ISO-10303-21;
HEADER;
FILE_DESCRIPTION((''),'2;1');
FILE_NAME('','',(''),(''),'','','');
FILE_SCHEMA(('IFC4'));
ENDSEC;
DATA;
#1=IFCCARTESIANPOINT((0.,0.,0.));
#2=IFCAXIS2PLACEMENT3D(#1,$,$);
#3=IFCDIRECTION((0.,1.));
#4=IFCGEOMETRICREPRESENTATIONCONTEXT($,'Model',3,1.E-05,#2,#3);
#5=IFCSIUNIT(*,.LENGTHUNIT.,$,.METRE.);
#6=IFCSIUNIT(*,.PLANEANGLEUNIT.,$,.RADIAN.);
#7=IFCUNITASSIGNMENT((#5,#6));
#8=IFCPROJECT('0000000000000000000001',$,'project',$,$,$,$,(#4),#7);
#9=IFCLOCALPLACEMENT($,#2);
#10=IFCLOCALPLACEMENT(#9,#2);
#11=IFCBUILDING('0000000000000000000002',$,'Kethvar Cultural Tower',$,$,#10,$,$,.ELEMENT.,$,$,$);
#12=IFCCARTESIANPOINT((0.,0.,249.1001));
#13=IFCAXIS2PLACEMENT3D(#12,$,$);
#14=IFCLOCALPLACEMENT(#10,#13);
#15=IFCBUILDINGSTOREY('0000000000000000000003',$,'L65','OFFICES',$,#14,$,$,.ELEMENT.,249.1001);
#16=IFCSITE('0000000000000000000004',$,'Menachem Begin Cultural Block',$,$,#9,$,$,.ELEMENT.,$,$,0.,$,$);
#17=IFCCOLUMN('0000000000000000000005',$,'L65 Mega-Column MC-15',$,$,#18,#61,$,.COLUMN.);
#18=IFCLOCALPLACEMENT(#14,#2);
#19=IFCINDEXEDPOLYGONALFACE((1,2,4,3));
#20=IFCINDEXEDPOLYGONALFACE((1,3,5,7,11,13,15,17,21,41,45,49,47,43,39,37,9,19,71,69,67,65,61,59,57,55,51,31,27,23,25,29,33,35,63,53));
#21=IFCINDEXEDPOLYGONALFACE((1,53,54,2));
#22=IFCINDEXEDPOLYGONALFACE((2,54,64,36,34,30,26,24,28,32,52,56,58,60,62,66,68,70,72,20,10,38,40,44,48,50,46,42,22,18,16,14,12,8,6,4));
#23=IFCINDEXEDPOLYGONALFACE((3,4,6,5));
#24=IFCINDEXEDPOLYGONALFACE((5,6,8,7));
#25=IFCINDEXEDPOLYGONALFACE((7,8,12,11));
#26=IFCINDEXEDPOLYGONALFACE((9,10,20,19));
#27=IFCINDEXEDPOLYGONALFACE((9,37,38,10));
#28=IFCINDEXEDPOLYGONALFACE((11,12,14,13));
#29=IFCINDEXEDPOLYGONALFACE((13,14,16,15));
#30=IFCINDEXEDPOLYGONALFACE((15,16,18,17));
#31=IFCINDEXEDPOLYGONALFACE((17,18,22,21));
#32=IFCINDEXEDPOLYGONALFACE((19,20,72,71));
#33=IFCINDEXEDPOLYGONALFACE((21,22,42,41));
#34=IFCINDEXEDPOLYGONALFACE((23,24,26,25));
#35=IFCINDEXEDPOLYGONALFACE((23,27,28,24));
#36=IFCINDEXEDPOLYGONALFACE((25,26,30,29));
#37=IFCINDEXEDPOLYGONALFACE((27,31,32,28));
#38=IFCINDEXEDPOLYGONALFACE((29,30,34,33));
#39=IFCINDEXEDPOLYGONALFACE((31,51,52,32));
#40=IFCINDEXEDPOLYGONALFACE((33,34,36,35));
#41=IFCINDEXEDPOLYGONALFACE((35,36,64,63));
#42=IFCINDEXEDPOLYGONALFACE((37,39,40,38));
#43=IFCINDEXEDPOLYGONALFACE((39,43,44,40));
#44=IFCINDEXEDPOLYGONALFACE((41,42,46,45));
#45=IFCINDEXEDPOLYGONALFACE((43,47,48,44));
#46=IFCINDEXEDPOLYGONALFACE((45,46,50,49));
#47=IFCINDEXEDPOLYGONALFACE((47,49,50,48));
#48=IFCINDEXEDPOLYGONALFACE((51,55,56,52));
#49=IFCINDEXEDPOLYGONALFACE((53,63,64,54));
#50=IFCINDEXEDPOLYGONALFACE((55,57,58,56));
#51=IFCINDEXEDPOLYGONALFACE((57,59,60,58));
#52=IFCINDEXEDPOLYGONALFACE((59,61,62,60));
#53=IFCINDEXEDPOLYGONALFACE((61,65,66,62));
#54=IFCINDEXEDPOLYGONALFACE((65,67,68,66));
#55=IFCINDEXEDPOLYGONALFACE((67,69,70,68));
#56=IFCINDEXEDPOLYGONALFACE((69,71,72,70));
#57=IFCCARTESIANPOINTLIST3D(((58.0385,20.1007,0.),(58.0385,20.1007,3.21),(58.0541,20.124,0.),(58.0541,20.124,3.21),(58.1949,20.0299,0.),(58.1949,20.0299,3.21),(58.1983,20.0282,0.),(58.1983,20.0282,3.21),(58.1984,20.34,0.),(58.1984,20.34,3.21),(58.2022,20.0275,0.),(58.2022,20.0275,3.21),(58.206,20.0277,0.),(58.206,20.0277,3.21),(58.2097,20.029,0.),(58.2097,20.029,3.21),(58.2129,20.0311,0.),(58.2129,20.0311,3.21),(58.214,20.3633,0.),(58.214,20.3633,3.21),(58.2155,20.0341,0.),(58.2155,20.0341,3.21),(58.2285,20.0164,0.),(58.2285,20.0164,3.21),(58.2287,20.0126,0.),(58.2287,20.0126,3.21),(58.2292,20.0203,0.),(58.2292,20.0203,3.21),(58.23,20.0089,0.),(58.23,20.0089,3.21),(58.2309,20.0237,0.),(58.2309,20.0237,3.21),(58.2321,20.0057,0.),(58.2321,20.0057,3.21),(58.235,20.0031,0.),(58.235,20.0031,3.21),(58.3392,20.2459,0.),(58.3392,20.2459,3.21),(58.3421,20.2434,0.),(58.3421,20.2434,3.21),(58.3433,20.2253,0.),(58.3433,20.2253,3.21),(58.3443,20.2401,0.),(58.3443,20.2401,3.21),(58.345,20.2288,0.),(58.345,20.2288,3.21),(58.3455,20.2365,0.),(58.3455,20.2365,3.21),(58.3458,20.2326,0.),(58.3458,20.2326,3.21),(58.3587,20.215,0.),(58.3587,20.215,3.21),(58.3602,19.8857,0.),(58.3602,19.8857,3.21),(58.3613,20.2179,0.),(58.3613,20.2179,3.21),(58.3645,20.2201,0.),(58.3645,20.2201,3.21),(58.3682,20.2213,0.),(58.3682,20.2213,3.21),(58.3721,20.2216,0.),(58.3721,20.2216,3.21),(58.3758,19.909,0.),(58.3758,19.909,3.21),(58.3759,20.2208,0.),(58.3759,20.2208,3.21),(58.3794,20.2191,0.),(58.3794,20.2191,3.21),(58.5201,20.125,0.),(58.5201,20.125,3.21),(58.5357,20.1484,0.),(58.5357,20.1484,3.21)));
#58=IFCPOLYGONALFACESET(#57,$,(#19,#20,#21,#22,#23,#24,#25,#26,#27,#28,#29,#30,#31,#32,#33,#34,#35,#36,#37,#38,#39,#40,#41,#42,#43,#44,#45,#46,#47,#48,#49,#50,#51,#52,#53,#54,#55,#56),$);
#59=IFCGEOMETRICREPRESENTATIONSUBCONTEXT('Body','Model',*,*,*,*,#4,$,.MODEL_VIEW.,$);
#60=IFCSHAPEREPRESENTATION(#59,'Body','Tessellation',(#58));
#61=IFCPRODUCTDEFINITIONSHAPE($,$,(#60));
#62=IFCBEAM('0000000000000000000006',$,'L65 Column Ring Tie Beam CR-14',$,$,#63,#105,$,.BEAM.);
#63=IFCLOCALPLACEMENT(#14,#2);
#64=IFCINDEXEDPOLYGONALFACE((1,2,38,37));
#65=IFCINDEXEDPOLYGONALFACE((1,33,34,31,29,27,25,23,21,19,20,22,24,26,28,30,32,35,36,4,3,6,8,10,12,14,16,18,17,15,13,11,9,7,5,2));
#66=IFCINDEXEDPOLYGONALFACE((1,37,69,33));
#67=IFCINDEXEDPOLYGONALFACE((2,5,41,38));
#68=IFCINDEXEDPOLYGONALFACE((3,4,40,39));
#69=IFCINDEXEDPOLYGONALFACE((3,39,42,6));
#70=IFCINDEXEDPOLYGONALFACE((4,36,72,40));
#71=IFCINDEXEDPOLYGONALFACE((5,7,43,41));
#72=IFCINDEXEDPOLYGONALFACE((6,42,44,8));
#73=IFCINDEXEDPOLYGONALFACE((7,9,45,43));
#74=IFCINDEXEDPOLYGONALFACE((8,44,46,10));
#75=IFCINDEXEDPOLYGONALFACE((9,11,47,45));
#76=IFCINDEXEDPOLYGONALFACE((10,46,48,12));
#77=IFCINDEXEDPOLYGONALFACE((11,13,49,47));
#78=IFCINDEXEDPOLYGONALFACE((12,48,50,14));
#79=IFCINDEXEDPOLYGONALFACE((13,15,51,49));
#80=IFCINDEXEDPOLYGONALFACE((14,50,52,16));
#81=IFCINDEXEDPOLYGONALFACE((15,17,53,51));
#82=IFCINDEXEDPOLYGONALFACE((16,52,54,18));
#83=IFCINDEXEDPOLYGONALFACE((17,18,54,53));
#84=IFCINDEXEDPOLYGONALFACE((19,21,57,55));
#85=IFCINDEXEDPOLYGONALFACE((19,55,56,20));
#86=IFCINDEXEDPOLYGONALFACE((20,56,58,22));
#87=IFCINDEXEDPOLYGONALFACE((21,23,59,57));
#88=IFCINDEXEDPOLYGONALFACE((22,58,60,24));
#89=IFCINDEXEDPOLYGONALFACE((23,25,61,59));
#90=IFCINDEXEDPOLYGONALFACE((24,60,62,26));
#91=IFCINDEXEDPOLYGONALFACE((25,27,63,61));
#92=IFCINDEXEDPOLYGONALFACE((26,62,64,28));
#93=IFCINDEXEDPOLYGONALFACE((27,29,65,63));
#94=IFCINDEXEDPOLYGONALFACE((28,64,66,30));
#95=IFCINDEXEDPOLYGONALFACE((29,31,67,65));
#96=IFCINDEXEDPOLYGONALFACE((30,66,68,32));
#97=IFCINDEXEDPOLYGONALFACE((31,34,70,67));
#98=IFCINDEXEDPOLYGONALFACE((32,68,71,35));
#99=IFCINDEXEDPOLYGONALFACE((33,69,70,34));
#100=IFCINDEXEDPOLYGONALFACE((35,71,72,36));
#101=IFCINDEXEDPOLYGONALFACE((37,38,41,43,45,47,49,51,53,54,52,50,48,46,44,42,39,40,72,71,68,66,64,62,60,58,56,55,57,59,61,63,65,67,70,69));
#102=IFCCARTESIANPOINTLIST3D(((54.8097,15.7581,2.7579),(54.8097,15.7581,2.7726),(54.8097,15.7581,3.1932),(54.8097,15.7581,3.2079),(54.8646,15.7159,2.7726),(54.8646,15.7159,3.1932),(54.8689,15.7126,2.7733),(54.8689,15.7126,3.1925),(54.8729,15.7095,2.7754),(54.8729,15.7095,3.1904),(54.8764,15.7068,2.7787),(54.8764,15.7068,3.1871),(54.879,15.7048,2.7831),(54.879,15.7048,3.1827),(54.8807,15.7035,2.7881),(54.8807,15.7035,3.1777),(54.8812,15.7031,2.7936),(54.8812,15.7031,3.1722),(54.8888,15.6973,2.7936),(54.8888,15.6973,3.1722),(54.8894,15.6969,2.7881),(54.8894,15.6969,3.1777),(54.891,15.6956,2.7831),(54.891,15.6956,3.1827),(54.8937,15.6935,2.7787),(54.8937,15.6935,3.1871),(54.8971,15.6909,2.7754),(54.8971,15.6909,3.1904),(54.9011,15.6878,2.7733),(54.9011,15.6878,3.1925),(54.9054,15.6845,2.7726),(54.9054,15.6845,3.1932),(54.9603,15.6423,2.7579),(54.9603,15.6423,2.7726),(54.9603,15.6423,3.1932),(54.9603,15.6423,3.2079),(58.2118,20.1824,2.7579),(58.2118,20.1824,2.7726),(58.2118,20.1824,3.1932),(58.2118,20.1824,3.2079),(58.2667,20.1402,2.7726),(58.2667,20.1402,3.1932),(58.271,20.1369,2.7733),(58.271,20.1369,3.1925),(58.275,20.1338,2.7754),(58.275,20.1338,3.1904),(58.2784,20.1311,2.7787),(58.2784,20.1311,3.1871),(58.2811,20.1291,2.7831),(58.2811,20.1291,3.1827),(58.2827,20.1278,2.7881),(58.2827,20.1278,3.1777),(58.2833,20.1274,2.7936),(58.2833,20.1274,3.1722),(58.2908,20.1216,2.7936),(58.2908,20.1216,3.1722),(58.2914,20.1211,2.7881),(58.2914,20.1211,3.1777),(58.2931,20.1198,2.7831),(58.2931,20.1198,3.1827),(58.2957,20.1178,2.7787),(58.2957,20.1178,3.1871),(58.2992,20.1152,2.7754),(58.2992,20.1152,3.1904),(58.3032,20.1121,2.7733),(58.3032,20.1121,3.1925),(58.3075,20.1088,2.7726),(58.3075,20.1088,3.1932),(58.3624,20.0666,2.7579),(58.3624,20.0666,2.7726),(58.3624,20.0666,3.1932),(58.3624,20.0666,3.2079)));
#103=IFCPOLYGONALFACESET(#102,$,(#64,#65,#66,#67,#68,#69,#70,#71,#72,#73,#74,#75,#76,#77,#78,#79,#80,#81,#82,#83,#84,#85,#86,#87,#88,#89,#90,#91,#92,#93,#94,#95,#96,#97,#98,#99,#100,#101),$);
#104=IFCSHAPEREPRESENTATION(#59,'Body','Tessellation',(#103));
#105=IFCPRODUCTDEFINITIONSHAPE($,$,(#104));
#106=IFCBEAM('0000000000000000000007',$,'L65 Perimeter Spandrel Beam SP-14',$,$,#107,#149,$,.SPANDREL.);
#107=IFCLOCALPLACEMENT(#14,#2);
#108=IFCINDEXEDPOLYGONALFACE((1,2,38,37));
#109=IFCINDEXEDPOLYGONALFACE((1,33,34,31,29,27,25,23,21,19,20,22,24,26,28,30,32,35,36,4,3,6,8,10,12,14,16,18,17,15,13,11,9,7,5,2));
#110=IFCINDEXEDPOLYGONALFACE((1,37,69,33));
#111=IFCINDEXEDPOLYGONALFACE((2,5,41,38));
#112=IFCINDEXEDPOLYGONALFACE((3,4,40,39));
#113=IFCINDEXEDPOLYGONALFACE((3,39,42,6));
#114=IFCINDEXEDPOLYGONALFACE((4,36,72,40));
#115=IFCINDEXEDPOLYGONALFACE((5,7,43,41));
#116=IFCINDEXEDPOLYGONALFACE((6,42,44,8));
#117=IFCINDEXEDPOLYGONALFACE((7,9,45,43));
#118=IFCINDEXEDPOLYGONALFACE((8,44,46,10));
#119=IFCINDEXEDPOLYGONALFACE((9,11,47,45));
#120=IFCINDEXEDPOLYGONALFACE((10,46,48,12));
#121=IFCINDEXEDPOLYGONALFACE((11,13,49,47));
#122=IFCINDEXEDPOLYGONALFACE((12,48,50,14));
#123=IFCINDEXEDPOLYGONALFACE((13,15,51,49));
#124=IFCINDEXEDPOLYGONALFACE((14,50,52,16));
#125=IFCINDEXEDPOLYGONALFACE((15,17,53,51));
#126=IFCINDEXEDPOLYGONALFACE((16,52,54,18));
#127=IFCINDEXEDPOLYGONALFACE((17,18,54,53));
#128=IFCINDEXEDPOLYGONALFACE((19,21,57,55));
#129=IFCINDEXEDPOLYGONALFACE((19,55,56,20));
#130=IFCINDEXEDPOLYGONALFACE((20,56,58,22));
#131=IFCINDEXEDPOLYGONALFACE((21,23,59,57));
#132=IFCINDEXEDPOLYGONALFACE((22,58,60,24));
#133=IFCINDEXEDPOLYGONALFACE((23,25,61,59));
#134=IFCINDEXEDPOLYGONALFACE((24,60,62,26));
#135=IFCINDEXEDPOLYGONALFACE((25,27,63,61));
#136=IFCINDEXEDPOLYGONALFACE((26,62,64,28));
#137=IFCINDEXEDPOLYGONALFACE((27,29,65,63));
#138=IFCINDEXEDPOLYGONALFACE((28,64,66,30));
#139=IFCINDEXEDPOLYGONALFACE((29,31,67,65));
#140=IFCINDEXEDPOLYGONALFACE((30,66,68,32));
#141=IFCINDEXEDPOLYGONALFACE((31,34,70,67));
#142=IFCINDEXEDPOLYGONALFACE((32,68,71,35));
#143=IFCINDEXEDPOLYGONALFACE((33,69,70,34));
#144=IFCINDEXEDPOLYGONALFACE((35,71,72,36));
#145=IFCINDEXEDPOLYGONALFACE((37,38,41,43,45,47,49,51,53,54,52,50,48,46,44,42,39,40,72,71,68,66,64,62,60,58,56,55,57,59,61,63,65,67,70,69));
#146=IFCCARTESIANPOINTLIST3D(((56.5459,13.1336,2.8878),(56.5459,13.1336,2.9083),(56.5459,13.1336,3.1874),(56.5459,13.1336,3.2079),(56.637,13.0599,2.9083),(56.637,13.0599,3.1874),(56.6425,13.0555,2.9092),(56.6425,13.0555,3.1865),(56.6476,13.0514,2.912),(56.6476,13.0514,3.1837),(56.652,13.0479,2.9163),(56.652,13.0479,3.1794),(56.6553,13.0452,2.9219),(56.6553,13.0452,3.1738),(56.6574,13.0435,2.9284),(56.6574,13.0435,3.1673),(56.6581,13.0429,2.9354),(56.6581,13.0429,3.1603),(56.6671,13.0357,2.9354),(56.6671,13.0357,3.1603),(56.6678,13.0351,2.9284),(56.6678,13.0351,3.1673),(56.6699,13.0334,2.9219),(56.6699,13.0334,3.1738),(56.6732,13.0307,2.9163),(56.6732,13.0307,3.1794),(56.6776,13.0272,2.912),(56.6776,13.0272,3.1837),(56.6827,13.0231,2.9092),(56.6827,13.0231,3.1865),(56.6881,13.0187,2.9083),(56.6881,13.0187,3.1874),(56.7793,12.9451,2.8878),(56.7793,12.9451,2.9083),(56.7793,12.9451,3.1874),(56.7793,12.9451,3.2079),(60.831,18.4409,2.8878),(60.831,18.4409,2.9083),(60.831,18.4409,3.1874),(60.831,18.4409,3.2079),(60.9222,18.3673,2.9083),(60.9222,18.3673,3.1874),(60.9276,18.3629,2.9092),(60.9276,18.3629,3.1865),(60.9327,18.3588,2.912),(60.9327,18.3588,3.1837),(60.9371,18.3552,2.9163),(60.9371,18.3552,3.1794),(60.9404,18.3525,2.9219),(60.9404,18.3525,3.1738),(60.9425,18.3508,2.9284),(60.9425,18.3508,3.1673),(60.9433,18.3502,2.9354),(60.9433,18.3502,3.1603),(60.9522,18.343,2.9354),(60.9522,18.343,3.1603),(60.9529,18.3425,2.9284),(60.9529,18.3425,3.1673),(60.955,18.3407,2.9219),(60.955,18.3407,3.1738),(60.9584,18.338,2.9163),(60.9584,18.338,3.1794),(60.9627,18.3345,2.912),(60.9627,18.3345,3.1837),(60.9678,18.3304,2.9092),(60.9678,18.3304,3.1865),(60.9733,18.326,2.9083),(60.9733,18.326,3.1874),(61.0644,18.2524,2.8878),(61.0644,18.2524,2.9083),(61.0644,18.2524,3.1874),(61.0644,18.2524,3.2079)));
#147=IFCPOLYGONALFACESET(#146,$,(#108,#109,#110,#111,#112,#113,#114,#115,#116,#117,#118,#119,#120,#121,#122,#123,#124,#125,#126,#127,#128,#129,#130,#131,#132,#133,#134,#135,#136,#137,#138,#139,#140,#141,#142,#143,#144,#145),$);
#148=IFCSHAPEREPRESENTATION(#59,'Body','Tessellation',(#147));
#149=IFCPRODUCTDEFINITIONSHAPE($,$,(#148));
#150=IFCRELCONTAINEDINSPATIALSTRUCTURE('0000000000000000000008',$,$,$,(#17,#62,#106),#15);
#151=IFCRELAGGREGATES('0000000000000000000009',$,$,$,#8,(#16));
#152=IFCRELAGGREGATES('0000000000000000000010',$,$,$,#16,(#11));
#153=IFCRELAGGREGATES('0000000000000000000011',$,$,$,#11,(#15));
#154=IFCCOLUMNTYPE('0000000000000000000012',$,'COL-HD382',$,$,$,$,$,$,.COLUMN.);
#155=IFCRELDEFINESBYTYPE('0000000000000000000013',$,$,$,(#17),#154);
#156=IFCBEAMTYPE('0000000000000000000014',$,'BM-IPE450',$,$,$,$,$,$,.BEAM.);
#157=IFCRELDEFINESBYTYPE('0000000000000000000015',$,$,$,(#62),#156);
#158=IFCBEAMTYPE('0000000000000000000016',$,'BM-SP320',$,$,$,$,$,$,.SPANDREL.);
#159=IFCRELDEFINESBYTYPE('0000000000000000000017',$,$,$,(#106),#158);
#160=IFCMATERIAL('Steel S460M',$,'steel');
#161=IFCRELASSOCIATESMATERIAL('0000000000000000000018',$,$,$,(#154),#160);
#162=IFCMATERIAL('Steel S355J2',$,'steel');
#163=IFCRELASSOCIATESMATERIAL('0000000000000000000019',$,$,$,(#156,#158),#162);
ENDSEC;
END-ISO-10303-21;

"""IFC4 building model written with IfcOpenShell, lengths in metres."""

from ifc_helpers import new_model, si_unit, direction, frame, origin, origin_2d, place, context, subcontext, project, spatial, i_section, extrude, source, transform, mapped, material, material_profile, profile_set, type_object, element, save


model = new_model("IFC4")

# Units and contexts
model_context = context("Model", 3, precision=1e-05, world=origin(), true_north=direction((0.0, 1.0)))
body_context = subcontext(model_context, "Body", "Model", "MODEL_VIEW")
ifc_project = project(units=[si_unit("LENGTHUNIT", "METRE"), si_unit("PLANEANGLEUNIT", "RADIAN")], contexts=[model_context])

# Site, building, storey
site_placement = place(None, origin())
site = spatial("IfcSite", under=ifc_project, at=site_placement, Name="Menachem Begin Cultural Block", CompositionType="ELEMENT", RefElevation=0.0)
building_placement = place(site_placement, origin())
building = spatial("IfcBuilding", under=site, at=building_placement, Name="Kethvar Cultural Tower", CompositionType="ELEMENT")
storey_placement = place(building_placement, frame((0.0, 0.0, 249.1001)))
storey = spatial("IfcBuildingStorey", under=building, at=storey_placement, Name="L65", Description="OFFICES", CompositionType="ELEMENT", Elevation=249.1001)

# Column
ifc_material_1 = material(Name="Steel S460M", Category="steel")
ifc_material_profile_1 = material_profile(ifc_material_1, i_section(OverallWidth=0.387, OverallDepth=0.3159, WebThickness=0.0186, FlangeThickness=0.0281, FilletRadius=0.0149, at=origin_2d()), Name="Steel S460M — HD400x382")
ifc_profile_set_1 = profile_set([ifc_material_profile_1], Name="Steel S460M — HD400x382")
column_type = type_object("IfcColumnType", Name="COL-HD382", PredefinedType="COLUMN", material=ifc_profile_set_1)
shared_shape_1 = source(origin(), body_context, "Body", "SweptSolid", [
    extrude(i_section(OverallWidth=0.387, OverallDepth=0.3159, WebThickness=0.0186, FlangeThickness=0.0281, FilletRadius=0.0149, at=origin_2d()), origin(), (0.0, 0.0, 1.0), 3.21),
])
column_placement = place(storey_placement, frame((58.2871, 20.1245, 0.0), z_axis=(0.0, 0.0, 1.0), x_axis=(0.83147, -0.55557, 0.0)))
element("IfcColumn", 1, at=column_placement, inside=storey, type_object=column_type, Name="L65 Mega-Column MC-15", PredefinedType="COLUMN", context=body_context, shape_type="MappedRepresentation", body=[
    mapped(shared_shape_1, transform((0.0, 0.0, 0.0), scale=1.0)),
])

# Beams
ifc_material_2 = material(Name="Steel S355J2", Category="steel")
ifc_material_profile_2 = material_profile(ifc_material_2, i_section(OverallWidth=0.1899, OverallDepth=0.45, WebThickness=0.0095, FlangeThickness=0.0146, FilletRadius=0.021, at=origin_2d()), Name="Steel S355J2 — IPE450")
ifc_profile_set_2 = profile_set([ifc_material_profile_2], Name="Steel S355J2 — IPE450")
beam_type_1 = type_object("IfcBeamType", Name="BM-IPE450", PredefinedType="BEAM", material=ifc_profile_set_2)
shared_shape_2 = source(origin(), body_context, "Body", "SweptSolid", [
    extrude(i_section(OverallWidth=0.1899, OverallDepth=0.45, WebThickness=0.0095, FlangeThickness=0.0146, FilletRadius=0.021, at=origin_2d()), origin(), (0.0, 0.0, 1.0), 5.5811),
])
beam_1_placement = place(storey_placement, frame((54.885, 15.7002, 2.9829), z_axis=(0.609573, 0.79273, 0.0), x_axis=(-0.79273, 0.609573, 0.0)))
element("IfcBeam", 2, at=beam_1_placement, inside=storey, type_object=beam_type_1, Name="L65 Column Ring Tie Beam CR-14", PredefinedType="BEAM", context=body_context, shape_type="MappedRepresentation", body=[
    mapped(shared_shape_2, transform((0.0, 0.0, 0.0), scale=1.0)),
])
ifc_material_profile_3 = material_profile(ifc_material_2, i_section(OverallWidth=0.3, OverallDepth=0.3201, WebThickness=0.0115, FlangeThickness=0.0205, FilletRadius=0.0271, at=origin_2d()), Name="Steel S355J2 — HEB320")
ifc_profile_set_3 = profile_set([ifc_material_profile_3], Name="Steel S355J2 — HEB320")
beam_type_2 = type_object("IfcBeamType", Name="BM-SP320", PredefinedType="SPANDREL", material=ifc_profile_set_3)
shared_shape_3 = source(origin(), body_context, "Body", "SweptSolid", [
    extrude(i_section(OverallWidth=0.3, OverallDepth=0.3201, WebThickness=0.0115, FlangeThickness=0.0205, FilletRadius=0.0271, at=origin_2d()), origin(), (0.0, 0.0, 1.0), 6.8213),
])
beam_2_placement = place(storey_placement, frame((56.6626, 13.0393, 3.0479), z_axis=(0.628198, 0.778054, 0.0), x_axis=(-0.778054, 0.628198, 0.0)))
element("IfcBeam", 3, at=beam_2_placement, inside=storey, type_object=beam_type_2, Name="L65 Perimeter Spandrel Beam SP-14", PredefinedType="SPANDREL", context=body_context, shape_type="MappedRepresentation", body=[
    mapped(shared_shape_3, transform((0.0, 0.0, 0.0), scale=1.0)),
])

save(model, "model.ifc")
